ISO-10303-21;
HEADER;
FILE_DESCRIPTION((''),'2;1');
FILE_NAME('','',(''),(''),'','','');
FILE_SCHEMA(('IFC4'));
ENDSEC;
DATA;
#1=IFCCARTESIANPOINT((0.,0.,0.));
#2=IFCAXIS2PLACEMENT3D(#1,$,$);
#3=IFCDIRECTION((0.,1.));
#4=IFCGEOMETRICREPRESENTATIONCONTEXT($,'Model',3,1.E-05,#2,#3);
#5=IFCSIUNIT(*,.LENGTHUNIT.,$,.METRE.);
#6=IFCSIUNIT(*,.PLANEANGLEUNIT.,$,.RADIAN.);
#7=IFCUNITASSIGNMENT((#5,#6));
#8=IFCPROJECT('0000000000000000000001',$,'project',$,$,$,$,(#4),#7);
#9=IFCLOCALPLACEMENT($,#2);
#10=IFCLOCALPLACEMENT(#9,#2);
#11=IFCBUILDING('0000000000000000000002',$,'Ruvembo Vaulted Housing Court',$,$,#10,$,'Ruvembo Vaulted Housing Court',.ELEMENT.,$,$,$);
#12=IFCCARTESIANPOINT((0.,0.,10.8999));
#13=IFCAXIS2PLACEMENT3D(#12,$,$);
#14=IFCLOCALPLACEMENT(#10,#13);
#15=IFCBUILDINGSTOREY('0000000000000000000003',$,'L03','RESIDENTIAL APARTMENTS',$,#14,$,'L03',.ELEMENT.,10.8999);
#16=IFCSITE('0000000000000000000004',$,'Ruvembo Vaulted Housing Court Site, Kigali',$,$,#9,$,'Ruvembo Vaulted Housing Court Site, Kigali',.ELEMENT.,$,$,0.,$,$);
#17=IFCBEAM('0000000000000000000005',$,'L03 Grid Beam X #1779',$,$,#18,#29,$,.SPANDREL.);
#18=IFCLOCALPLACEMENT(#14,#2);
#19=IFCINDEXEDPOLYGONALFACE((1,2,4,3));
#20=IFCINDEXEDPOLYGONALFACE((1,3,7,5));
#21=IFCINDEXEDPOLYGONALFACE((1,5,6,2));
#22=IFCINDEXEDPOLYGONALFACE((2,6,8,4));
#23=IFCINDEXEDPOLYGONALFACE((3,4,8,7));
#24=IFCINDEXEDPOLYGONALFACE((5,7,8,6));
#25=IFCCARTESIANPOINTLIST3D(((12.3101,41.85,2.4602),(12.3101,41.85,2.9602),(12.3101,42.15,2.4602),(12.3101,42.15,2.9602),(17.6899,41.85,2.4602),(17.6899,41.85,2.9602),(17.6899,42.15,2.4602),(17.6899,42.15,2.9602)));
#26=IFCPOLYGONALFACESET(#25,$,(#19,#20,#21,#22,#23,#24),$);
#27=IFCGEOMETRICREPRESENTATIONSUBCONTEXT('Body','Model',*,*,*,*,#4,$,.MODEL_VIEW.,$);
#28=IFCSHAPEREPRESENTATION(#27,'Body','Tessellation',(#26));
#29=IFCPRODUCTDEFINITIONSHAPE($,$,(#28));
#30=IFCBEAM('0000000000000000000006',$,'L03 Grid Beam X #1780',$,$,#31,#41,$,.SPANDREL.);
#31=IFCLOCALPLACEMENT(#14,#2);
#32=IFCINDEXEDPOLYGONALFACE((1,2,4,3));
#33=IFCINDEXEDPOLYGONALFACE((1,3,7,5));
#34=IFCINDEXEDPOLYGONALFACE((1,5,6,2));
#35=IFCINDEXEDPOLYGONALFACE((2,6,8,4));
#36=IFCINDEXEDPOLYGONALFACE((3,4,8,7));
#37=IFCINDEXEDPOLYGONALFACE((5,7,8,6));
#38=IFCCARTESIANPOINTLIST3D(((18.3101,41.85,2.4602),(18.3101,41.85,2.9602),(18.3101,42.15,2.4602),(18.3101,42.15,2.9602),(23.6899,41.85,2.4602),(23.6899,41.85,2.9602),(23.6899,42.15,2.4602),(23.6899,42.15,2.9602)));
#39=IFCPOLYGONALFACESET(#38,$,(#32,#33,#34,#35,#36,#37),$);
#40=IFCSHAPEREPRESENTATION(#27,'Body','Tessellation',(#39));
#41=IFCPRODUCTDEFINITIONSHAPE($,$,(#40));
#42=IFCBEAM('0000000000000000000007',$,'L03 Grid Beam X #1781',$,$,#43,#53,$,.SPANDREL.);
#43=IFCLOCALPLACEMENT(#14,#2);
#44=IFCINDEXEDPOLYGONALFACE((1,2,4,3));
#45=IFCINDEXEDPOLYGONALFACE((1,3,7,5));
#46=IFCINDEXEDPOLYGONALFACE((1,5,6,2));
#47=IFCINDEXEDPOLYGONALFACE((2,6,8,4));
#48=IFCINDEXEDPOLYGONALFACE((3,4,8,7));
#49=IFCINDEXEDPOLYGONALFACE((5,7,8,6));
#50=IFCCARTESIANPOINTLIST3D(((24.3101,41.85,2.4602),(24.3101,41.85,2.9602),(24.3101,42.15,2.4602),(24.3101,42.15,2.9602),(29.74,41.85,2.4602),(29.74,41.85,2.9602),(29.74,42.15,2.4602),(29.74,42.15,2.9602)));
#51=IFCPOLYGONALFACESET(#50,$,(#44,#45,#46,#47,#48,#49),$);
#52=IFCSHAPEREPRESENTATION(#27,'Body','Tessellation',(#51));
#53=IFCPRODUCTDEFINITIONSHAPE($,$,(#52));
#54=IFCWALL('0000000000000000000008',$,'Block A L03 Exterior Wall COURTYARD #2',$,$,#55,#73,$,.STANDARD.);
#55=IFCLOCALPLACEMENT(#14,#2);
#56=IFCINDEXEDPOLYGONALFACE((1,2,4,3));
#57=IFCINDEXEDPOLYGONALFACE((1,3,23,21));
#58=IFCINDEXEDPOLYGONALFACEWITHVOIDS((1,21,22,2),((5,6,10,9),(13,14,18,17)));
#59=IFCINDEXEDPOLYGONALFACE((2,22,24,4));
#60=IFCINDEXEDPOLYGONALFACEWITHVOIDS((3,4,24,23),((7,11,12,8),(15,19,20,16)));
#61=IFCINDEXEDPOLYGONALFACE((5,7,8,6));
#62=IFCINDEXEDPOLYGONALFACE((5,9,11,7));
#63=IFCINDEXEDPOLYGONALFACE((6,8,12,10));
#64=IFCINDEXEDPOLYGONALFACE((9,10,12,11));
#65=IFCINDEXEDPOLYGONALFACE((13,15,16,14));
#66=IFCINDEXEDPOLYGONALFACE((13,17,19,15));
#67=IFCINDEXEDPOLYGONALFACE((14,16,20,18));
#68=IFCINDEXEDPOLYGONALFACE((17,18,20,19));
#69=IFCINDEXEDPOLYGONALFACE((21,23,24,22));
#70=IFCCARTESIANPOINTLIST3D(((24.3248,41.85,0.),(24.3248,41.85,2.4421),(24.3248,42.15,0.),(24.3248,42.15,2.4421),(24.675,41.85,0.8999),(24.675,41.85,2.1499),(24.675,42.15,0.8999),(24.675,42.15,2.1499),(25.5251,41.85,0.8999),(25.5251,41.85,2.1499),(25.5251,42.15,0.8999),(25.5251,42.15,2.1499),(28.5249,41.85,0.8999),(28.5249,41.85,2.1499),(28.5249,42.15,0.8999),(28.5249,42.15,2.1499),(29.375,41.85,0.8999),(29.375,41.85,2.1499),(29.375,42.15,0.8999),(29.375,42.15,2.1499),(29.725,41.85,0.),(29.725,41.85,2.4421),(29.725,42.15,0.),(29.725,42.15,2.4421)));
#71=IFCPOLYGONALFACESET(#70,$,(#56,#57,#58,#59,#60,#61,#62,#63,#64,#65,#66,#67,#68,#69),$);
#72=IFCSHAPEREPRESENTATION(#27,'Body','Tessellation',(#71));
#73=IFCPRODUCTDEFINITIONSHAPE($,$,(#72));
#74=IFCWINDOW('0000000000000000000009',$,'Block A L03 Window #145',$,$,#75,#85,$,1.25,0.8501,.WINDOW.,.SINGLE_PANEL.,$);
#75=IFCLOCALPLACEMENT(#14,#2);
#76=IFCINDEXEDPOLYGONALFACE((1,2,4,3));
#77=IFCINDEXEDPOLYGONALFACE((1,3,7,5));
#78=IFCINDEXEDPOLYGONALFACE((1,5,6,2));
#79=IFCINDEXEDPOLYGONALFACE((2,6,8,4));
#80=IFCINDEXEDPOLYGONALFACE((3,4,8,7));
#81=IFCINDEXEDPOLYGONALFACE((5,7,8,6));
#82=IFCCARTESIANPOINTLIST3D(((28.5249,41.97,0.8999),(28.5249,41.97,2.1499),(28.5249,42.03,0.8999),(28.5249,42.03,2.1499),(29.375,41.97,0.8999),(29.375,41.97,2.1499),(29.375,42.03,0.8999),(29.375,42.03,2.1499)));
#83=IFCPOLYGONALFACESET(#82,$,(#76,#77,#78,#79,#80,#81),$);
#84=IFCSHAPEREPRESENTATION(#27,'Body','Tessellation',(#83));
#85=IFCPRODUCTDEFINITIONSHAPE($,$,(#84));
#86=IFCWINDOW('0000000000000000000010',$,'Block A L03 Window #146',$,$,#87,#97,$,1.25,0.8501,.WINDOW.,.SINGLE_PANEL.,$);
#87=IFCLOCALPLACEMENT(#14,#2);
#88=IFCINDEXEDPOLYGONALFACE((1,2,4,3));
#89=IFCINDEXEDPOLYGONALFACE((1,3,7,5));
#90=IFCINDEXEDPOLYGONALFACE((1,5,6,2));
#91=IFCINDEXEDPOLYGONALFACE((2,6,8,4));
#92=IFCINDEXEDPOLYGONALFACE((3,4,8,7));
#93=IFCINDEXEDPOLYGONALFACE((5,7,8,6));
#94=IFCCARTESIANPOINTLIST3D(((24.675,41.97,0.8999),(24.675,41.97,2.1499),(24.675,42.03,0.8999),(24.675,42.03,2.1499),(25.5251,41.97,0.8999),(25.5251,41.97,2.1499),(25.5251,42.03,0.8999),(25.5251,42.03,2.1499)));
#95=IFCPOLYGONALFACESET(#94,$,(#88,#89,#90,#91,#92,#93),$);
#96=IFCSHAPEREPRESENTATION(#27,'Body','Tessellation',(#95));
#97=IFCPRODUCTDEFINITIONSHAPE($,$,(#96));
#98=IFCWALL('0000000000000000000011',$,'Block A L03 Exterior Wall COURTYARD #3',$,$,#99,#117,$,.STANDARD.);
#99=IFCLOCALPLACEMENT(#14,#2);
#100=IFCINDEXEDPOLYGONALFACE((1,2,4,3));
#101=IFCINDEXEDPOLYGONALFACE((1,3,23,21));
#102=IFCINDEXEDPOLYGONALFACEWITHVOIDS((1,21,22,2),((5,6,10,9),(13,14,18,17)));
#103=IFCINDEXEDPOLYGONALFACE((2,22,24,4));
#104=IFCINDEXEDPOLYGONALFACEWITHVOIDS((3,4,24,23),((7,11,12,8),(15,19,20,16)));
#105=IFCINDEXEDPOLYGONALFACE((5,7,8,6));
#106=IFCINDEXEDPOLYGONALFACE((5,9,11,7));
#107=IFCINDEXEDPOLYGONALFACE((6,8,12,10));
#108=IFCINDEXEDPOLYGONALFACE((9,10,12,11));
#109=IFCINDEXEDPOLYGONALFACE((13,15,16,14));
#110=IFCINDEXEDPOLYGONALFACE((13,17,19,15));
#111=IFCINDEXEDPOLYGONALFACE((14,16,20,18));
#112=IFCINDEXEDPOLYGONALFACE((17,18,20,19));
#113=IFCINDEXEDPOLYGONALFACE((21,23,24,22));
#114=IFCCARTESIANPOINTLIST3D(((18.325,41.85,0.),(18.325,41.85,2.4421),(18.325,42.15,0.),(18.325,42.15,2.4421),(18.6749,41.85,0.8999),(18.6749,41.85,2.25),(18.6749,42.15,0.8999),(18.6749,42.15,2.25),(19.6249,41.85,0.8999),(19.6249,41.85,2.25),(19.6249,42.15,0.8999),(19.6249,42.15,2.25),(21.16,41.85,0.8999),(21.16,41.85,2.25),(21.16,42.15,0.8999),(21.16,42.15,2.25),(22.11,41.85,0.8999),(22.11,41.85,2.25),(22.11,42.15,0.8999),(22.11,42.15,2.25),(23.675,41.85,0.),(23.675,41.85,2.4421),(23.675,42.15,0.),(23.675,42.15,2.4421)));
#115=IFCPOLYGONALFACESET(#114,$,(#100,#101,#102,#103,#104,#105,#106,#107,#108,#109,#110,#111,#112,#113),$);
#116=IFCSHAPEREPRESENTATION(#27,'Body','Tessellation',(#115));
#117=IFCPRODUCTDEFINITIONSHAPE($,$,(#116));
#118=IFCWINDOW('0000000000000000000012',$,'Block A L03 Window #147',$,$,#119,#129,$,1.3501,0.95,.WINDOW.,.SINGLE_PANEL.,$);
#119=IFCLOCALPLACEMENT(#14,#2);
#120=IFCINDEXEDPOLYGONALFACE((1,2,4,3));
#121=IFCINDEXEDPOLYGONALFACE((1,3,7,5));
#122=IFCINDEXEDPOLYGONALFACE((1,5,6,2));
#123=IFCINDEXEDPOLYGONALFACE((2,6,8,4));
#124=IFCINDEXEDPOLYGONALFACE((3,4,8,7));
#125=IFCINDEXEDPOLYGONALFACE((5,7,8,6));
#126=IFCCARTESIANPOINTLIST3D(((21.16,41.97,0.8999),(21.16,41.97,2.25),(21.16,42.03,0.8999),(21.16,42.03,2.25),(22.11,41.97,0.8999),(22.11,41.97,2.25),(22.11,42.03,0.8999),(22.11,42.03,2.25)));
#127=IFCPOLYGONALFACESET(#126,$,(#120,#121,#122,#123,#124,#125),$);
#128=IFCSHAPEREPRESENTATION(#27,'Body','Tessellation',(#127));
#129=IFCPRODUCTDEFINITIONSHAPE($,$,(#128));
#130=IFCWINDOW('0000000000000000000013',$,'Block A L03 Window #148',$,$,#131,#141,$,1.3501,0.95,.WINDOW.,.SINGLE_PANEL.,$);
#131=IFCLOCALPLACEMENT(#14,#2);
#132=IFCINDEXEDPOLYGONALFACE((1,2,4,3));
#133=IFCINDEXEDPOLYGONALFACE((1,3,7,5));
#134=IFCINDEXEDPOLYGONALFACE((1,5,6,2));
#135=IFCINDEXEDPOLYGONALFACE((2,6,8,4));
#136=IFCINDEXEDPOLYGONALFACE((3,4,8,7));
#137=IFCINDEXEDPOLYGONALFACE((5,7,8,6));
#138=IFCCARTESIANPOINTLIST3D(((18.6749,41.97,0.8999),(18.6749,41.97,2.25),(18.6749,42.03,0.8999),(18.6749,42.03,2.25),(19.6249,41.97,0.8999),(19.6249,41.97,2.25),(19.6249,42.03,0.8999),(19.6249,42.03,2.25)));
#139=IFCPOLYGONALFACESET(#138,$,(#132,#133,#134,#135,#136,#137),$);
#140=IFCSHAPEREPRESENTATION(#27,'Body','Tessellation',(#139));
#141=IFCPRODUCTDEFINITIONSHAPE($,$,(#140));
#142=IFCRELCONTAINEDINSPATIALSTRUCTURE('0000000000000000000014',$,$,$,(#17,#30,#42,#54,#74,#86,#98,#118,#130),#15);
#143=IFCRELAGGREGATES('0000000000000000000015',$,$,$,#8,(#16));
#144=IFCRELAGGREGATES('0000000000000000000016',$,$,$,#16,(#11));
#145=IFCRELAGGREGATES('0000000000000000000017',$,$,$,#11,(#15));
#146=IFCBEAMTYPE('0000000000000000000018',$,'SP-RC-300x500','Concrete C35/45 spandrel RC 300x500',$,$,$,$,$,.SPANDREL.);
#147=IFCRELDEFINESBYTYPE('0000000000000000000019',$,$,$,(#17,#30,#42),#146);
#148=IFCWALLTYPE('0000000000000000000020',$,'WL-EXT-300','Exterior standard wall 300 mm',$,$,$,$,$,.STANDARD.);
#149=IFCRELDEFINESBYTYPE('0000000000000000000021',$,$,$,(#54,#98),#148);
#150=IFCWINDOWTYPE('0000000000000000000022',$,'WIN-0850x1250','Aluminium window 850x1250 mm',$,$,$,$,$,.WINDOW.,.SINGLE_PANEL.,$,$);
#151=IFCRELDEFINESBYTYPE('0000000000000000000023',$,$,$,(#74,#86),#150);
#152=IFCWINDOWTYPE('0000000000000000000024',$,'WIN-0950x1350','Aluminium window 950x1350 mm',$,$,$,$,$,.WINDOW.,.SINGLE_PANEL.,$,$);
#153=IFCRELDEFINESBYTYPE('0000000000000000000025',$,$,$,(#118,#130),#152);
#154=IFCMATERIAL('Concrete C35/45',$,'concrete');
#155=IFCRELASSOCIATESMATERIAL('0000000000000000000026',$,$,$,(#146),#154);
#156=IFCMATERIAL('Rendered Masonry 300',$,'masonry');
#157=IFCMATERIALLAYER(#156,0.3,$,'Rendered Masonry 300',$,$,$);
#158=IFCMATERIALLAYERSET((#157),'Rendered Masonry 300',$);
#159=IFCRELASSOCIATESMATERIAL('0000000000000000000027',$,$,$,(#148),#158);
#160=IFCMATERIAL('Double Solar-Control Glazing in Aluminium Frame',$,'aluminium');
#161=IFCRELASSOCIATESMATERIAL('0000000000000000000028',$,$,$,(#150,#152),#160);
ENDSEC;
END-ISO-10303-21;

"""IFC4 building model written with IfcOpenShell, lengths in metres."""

from ifc_helpers import new_model, si_unit, direction, frame, frame_2d, origin, origin_2d, place, context, subcontext, project, spatial, rectangle, extrude, material, layer, layer_set, material_profile, profile_set, type_object, element, fill, save


model = new_model("IFC4")

# Units and contexts
model_context = context("Model", 3, precision=1e-05, world=origin(), true_north=direction((0.0, 1.0)))
body_context = subcontext(model_context, "Body", "Model", "MODEL_VIEW")
ifc_project = project(units=[si_unit("LENGTHUNIT", "METRE"), si_unit("PLANEANGLEUNIT", "RADIAN")], contexts=[model_context])

# Site, building, storey
site_placement = place(None, origin())
site = spatial("IfcSite", under=ifc_project, at=site_placement, Name="Ruvembo Vaulted Housing Court Site, Kigali", LongName="Ruvembo Vaulted Housing Court Site, Kigali", CompositionType="ELEMENT", RefElevation=0.0)
building_placement = place(site_placement, origin())
building = spatial("IfcBuilding", under=site, at=building_placement, Name="Ruvembo Vaulted Housing Court", LongName="Ruvembo Vaulted Housing Court", CompositionType="ELEMENT")
storey_placement = place(building_placement, frame((0.0, 0.0, 10.8999)))
storey = spatial("IfcBuildingStorey", under=building, at=storey_placement, Name="L03", Description="RESIDENTIAL APARTMENTS", LongName="L03", CompositionType="ELEMENT", Elevation=10.8999)

# Beams
ifc_material_1 = material(Name="Concrete C35/45", Category="concrete")
ifc_material_profile_1 = material_profile(ifc_material_1, rectangle(XDim=0.3, YDim=0.5, at=origin_2d()), Name="RC 300x500")
ifc_profile_set_1 = profile_set([ifc_material_profile_1], Name="Concrete C35/45")
beam_type_1 = type_object("IfcBeamType", Name="SP-RC-300x500", Description="Concrete C35/45 spandrel RC 300x500", PredefinedType="SPANDREL", material=ifc_profile_set_1)
for number, where, z_axis, x_axis, name in (
    (1, (12.3101, 42.0, 2.7102), (1.0, 0.0, 0.0), (0.0, 1.0, 0.0), "L03 Grid Beam X #1779"),
    (2, (18.3101, 42.0, 2.7102), (1.0, 0.0, 0.0), (0.0, 1.0, 0.0), "L03 Grid Beam X #1780"),
):
    element("IfcBeam", number, at=place(storey_placement, frame(where, z_axis=z_axis, x_axis=x_axis)), inside=storey, type_object=beam_type_1, Name=name, PredefinedType="SPANDREL", context=body_context, shape_type="SweptSolid", body=[
        extrude(rectangle(XDim=0.3, YDim=0.5, at=origin_2d()), origin(), (0.0, 0.0, 1.0), 5.3799),
    ])
beam_1_placement = place(storey_placement, frame((24.3101, 42.0, 2.7102), z_axis=(1.0, 0.0, 0.0), x_axis=(0.0, 1.0, 0.0)))
element("IfcBeam", 3, at=beam_1_placement, inside=storey, type_object=beam_type_1, Name="L03 Grid Beam X #1781", PredefinedType="SPANDREL", context=body_context, shape_type="SweptSolid", body=[
    extrude(rectangle(XDim=0.3, YDim=0.5, at=origin_2d()), origin(), (0.0, 0.0, 1.0), 5.4299),
])

# Walls, openings, windows
ifc_material_2 = material(Name="Rendered Masonry 300", Category="masonry")
ifc_layer_1 = layer(ifc_material_2, 0.3, Name="Rendered Masonry 300")
ifc_layer_set_1 = layer_set([ifc_layer_1], Name="Rendered Masonry 300")
wall_type_1 = type_object("IfcWallType", Name="WL-EXT-300", Description="Exterior standard wall 300 mm", PredefinedType="STANDARD", material=ifc_layer_set_1)
wall_1_placement = place(storey_placement, frame((29.7251, 42.0, 0.0), z_axis=(0.0, 0.0, 1.0), x_axis=(-1.0, 0.0, 0.0)))
wall_1 = element("IfcWall", 4, at=wall_1_placement, inside=storey, type_object=wall_type_1, Name="Block A L03 Exterior Wall COURTYARD #2", PredefinedType="STANDARD", context=body_context, shape_type="SweptSolid", body=[
    extrude(rectangle(XDim=5.4001, YDim=0.3, at=frame_2d((2.7002, 0.0))), origin(), (0.0, 0.0, 1.0), 2.4421),
])
opening_1_placement = place(wall_1_placement, frame((0.3501, 0.0, 0.8999)))
opening_1 = element("IfcOpeningElement", 5, at=opening_1_placement, cuts=wall_1, PredefinedType="OPENING", context=body_context, shape_type="SweptSolid", body=[
    extrude(rectangle(XDim=0.8501, YDim=1.25, at=frame_2d((0.425, 0.625))), frame((0.0, 0.1599, 0.0), z_axis=(0.0, -1.0, 0.0), x_axis=(1.0, 0.0, 0.0)), (0.0, 0.0, 1.0), 0.3201),
])
opening_2_placement = place(wall_1_placement, frame((4.2, 0.0, 0.8999)))
opening_2 = element("IfcOpeningElement", 6, at=opening_2_placement, cuts=wall_1, PredefinedType="OPENING", context=body_context, shape_type="SweptSolid", body=[
    extrude(rectangle(XDim=0.8501, YDim=1.25, at=frame_2d((0.425, 0.625))), frame((0.0, 0.1599, 0.0), z_axis=(0.0, -1.0, 0.0), x_axis=(1.0, 0.0, 0.0)), (0.0, 0.0, 1.0), 0.3201),
])
ifc_material_3 = material(Name="Double Solar-Control Glazing in Aluminium Frame", Category="aluminium")
window_type_1 = type_object("IfcWindowType", Name="WIN-0850x1250", Description="Aluminium window 850x1250 mm", PartitioningType="SINGLE_PANEL", PredefinedType="WINDOW", material=ifc_material_3)
window_1_placement = place(opening_1_placement, origin())
window_1 = element("IfcWindow", 7, at=window_1_placement, inside=storey, type_object=window_type_1, Name="Block A L03 Window #145", OverallHeight=1.25, OverallWidth=0.8501, PartitioningType="SINGLE_PANEL", PredefinedType="WINDOW", context=body_context, shape_type="SweptSolid", body=[
    extrude(rectangle(XDim=0.8501, YDim=1.25, at=frame_2d((0.425, 0.625))), frame((0.0, 0.03, 0.0), z_axis=(0.0, -1.0, 0.0), x_axis=(1.0, 0.0, 0.0)), (0.0, 0.0, 1.0), 0.0601),
])
fill(opening_1, window_1)
window_2_placement = place(opening_2_placement, origin())
window_2 = element("IfcWindow", 8, at=window_2_placement, inside=storey, type_object=window_type_1, Name="Block A L03 Window #146", OverallHeight=1.25, OverallWidth=0.8501, PartitioningType="SINGLE_PANEL", PredefinedType="WINDOW", context=body_context, shape_type="SweptSolid", body=[
    extrude(rectangle(XDim=0.8501, YDim=1.25, at=frame_2d((0.425, 0.625))), frame((0.0, 0.03, 0.0), z_axis=(0.0, -1.0, 0.0), x_axis=(1.0, 0.0, 0.0)), (0.0, 0.0, 1.0), 0.0601),
])
fill(opening_2, window_2)
wall_2_placement = place(storey_placement, frame((23.675, 42.0, 0.0), z_axis=(0.0, 0.0, 1.0), x_axis=(-1.0, 0.0, 0.0)))
wall_2 = element("IfcWall", 9, at=wall_2_placement, inside=storey, type_object=wall_type_1, Name="Block A L03 Exterior Wall COURTYARD #3", PredefinedType="STANDARD", context=body_context, shape_type="SweptSolid", body=[
    extrude(rectangle(XDim=5.3501, YDim=0.3, at=frame_2d((2.675, 0.0))), origin(), (0.0, 0.0, 1.0), 2.4421),
])
opening_3_placement = place(wall_2_placement, frame((1.5649, 0.0, 0.8999)))
opening_3 = element("IfcOpeningElement", 10, at=opening_3_placement, cuts=wall_2, PredefinedType="OPENING", context=body_context, shape_type="SweptSolid", body=[
    extrude(rectangle(XDim=0.95, YDim=1.3501, at=frame_2d((0.4751, 0.675))), frame((0.0, 0.1599, 0.0), z_axis=(0.0, -1.0, 0.0), x_axis=(1.0, 0.0, 0.0)), (0.0, 0.0, 1.0), 0.3201),
])
opening_4_placement = place(wall_2_placement, frame((4.05, 0.0, 0.8999)))
opening_4 = element("IfcOpeningElement", 11, at=opening_4_placement, cuts=wall_2, PredefinedType="OPENING", context=body_context, shape_type="SweptSolid", body=[
    extrude(rectangle(XDim=0.95, YDim=1.3501, at=frame_2d((0.4751, 0.675))), frame((0.0, 0.1599, 0.0), z_axis=(0.0, -1.0, 0.0), x_axis=(1.0, 0.0, 0.0)), (0.0, 0.0, 1.0), 0.3201),
])
window_type_2 = type_object("IfcWindowType", Name="WIN-0950x1350", Description="Aluminium window 950x1350 mm", PartitioningType="SINGLE_PANEL", PredefinedType="WINDOW", material=ifc_material_3)
window_3_placement = place(opening_3_placement, origin())
window_3 = element("IfcWindow", 12, at=window_3_placement, inside=storey, type_object=window_type_2, Name="Block A L03 Window #147", OverallHeight=1.3501, OverallWidth=0.95, PartitioningType="SINGLE_PANEL", PredefinedType="WINDOW", context=body_context, shape_type="SweptSolid", body=[
    extrude(rectangle(XDim=0.95, YDim=1.3501, at=frame_2d((0.4751, 0.675))), frame((0.0, 0.03, 0.0), z_axis=(0.0, -1.0, 0.0), x_axis=(1.0, 0.0, 0.0)), (0.0, 0.0, 1.0), 0.0601),
])
fill(opening_3, window_3)
window_4_placement = place(opening_4_placement, origin())
window_4 = element("IfcWindow", 13, at=window_4_placement, inside=storey, type_object=window_type_2, Name="Block A L03 Window #148", OverallHeight=1.3501, OverallWidth=0.95, PartitioningType="SINGLE_PANEL", PredefinedType="WINDOW", context=body_context, shape_type="SweptSolid", body=[
    extrude(rectangle(XDim=0.95, YDim=1.3501, at=frame_2d((0.4751, 0.675))), frame((0.0, 0.03, 0.0), z_axis=(0.0, -1.0, 0.0), x_axis=(1.0, 0.0, 0.0)), (0.0, 0.0, 1.0), 0.0601),
])
fill(opening_4, window_4)

save(model, "model.ifc")
